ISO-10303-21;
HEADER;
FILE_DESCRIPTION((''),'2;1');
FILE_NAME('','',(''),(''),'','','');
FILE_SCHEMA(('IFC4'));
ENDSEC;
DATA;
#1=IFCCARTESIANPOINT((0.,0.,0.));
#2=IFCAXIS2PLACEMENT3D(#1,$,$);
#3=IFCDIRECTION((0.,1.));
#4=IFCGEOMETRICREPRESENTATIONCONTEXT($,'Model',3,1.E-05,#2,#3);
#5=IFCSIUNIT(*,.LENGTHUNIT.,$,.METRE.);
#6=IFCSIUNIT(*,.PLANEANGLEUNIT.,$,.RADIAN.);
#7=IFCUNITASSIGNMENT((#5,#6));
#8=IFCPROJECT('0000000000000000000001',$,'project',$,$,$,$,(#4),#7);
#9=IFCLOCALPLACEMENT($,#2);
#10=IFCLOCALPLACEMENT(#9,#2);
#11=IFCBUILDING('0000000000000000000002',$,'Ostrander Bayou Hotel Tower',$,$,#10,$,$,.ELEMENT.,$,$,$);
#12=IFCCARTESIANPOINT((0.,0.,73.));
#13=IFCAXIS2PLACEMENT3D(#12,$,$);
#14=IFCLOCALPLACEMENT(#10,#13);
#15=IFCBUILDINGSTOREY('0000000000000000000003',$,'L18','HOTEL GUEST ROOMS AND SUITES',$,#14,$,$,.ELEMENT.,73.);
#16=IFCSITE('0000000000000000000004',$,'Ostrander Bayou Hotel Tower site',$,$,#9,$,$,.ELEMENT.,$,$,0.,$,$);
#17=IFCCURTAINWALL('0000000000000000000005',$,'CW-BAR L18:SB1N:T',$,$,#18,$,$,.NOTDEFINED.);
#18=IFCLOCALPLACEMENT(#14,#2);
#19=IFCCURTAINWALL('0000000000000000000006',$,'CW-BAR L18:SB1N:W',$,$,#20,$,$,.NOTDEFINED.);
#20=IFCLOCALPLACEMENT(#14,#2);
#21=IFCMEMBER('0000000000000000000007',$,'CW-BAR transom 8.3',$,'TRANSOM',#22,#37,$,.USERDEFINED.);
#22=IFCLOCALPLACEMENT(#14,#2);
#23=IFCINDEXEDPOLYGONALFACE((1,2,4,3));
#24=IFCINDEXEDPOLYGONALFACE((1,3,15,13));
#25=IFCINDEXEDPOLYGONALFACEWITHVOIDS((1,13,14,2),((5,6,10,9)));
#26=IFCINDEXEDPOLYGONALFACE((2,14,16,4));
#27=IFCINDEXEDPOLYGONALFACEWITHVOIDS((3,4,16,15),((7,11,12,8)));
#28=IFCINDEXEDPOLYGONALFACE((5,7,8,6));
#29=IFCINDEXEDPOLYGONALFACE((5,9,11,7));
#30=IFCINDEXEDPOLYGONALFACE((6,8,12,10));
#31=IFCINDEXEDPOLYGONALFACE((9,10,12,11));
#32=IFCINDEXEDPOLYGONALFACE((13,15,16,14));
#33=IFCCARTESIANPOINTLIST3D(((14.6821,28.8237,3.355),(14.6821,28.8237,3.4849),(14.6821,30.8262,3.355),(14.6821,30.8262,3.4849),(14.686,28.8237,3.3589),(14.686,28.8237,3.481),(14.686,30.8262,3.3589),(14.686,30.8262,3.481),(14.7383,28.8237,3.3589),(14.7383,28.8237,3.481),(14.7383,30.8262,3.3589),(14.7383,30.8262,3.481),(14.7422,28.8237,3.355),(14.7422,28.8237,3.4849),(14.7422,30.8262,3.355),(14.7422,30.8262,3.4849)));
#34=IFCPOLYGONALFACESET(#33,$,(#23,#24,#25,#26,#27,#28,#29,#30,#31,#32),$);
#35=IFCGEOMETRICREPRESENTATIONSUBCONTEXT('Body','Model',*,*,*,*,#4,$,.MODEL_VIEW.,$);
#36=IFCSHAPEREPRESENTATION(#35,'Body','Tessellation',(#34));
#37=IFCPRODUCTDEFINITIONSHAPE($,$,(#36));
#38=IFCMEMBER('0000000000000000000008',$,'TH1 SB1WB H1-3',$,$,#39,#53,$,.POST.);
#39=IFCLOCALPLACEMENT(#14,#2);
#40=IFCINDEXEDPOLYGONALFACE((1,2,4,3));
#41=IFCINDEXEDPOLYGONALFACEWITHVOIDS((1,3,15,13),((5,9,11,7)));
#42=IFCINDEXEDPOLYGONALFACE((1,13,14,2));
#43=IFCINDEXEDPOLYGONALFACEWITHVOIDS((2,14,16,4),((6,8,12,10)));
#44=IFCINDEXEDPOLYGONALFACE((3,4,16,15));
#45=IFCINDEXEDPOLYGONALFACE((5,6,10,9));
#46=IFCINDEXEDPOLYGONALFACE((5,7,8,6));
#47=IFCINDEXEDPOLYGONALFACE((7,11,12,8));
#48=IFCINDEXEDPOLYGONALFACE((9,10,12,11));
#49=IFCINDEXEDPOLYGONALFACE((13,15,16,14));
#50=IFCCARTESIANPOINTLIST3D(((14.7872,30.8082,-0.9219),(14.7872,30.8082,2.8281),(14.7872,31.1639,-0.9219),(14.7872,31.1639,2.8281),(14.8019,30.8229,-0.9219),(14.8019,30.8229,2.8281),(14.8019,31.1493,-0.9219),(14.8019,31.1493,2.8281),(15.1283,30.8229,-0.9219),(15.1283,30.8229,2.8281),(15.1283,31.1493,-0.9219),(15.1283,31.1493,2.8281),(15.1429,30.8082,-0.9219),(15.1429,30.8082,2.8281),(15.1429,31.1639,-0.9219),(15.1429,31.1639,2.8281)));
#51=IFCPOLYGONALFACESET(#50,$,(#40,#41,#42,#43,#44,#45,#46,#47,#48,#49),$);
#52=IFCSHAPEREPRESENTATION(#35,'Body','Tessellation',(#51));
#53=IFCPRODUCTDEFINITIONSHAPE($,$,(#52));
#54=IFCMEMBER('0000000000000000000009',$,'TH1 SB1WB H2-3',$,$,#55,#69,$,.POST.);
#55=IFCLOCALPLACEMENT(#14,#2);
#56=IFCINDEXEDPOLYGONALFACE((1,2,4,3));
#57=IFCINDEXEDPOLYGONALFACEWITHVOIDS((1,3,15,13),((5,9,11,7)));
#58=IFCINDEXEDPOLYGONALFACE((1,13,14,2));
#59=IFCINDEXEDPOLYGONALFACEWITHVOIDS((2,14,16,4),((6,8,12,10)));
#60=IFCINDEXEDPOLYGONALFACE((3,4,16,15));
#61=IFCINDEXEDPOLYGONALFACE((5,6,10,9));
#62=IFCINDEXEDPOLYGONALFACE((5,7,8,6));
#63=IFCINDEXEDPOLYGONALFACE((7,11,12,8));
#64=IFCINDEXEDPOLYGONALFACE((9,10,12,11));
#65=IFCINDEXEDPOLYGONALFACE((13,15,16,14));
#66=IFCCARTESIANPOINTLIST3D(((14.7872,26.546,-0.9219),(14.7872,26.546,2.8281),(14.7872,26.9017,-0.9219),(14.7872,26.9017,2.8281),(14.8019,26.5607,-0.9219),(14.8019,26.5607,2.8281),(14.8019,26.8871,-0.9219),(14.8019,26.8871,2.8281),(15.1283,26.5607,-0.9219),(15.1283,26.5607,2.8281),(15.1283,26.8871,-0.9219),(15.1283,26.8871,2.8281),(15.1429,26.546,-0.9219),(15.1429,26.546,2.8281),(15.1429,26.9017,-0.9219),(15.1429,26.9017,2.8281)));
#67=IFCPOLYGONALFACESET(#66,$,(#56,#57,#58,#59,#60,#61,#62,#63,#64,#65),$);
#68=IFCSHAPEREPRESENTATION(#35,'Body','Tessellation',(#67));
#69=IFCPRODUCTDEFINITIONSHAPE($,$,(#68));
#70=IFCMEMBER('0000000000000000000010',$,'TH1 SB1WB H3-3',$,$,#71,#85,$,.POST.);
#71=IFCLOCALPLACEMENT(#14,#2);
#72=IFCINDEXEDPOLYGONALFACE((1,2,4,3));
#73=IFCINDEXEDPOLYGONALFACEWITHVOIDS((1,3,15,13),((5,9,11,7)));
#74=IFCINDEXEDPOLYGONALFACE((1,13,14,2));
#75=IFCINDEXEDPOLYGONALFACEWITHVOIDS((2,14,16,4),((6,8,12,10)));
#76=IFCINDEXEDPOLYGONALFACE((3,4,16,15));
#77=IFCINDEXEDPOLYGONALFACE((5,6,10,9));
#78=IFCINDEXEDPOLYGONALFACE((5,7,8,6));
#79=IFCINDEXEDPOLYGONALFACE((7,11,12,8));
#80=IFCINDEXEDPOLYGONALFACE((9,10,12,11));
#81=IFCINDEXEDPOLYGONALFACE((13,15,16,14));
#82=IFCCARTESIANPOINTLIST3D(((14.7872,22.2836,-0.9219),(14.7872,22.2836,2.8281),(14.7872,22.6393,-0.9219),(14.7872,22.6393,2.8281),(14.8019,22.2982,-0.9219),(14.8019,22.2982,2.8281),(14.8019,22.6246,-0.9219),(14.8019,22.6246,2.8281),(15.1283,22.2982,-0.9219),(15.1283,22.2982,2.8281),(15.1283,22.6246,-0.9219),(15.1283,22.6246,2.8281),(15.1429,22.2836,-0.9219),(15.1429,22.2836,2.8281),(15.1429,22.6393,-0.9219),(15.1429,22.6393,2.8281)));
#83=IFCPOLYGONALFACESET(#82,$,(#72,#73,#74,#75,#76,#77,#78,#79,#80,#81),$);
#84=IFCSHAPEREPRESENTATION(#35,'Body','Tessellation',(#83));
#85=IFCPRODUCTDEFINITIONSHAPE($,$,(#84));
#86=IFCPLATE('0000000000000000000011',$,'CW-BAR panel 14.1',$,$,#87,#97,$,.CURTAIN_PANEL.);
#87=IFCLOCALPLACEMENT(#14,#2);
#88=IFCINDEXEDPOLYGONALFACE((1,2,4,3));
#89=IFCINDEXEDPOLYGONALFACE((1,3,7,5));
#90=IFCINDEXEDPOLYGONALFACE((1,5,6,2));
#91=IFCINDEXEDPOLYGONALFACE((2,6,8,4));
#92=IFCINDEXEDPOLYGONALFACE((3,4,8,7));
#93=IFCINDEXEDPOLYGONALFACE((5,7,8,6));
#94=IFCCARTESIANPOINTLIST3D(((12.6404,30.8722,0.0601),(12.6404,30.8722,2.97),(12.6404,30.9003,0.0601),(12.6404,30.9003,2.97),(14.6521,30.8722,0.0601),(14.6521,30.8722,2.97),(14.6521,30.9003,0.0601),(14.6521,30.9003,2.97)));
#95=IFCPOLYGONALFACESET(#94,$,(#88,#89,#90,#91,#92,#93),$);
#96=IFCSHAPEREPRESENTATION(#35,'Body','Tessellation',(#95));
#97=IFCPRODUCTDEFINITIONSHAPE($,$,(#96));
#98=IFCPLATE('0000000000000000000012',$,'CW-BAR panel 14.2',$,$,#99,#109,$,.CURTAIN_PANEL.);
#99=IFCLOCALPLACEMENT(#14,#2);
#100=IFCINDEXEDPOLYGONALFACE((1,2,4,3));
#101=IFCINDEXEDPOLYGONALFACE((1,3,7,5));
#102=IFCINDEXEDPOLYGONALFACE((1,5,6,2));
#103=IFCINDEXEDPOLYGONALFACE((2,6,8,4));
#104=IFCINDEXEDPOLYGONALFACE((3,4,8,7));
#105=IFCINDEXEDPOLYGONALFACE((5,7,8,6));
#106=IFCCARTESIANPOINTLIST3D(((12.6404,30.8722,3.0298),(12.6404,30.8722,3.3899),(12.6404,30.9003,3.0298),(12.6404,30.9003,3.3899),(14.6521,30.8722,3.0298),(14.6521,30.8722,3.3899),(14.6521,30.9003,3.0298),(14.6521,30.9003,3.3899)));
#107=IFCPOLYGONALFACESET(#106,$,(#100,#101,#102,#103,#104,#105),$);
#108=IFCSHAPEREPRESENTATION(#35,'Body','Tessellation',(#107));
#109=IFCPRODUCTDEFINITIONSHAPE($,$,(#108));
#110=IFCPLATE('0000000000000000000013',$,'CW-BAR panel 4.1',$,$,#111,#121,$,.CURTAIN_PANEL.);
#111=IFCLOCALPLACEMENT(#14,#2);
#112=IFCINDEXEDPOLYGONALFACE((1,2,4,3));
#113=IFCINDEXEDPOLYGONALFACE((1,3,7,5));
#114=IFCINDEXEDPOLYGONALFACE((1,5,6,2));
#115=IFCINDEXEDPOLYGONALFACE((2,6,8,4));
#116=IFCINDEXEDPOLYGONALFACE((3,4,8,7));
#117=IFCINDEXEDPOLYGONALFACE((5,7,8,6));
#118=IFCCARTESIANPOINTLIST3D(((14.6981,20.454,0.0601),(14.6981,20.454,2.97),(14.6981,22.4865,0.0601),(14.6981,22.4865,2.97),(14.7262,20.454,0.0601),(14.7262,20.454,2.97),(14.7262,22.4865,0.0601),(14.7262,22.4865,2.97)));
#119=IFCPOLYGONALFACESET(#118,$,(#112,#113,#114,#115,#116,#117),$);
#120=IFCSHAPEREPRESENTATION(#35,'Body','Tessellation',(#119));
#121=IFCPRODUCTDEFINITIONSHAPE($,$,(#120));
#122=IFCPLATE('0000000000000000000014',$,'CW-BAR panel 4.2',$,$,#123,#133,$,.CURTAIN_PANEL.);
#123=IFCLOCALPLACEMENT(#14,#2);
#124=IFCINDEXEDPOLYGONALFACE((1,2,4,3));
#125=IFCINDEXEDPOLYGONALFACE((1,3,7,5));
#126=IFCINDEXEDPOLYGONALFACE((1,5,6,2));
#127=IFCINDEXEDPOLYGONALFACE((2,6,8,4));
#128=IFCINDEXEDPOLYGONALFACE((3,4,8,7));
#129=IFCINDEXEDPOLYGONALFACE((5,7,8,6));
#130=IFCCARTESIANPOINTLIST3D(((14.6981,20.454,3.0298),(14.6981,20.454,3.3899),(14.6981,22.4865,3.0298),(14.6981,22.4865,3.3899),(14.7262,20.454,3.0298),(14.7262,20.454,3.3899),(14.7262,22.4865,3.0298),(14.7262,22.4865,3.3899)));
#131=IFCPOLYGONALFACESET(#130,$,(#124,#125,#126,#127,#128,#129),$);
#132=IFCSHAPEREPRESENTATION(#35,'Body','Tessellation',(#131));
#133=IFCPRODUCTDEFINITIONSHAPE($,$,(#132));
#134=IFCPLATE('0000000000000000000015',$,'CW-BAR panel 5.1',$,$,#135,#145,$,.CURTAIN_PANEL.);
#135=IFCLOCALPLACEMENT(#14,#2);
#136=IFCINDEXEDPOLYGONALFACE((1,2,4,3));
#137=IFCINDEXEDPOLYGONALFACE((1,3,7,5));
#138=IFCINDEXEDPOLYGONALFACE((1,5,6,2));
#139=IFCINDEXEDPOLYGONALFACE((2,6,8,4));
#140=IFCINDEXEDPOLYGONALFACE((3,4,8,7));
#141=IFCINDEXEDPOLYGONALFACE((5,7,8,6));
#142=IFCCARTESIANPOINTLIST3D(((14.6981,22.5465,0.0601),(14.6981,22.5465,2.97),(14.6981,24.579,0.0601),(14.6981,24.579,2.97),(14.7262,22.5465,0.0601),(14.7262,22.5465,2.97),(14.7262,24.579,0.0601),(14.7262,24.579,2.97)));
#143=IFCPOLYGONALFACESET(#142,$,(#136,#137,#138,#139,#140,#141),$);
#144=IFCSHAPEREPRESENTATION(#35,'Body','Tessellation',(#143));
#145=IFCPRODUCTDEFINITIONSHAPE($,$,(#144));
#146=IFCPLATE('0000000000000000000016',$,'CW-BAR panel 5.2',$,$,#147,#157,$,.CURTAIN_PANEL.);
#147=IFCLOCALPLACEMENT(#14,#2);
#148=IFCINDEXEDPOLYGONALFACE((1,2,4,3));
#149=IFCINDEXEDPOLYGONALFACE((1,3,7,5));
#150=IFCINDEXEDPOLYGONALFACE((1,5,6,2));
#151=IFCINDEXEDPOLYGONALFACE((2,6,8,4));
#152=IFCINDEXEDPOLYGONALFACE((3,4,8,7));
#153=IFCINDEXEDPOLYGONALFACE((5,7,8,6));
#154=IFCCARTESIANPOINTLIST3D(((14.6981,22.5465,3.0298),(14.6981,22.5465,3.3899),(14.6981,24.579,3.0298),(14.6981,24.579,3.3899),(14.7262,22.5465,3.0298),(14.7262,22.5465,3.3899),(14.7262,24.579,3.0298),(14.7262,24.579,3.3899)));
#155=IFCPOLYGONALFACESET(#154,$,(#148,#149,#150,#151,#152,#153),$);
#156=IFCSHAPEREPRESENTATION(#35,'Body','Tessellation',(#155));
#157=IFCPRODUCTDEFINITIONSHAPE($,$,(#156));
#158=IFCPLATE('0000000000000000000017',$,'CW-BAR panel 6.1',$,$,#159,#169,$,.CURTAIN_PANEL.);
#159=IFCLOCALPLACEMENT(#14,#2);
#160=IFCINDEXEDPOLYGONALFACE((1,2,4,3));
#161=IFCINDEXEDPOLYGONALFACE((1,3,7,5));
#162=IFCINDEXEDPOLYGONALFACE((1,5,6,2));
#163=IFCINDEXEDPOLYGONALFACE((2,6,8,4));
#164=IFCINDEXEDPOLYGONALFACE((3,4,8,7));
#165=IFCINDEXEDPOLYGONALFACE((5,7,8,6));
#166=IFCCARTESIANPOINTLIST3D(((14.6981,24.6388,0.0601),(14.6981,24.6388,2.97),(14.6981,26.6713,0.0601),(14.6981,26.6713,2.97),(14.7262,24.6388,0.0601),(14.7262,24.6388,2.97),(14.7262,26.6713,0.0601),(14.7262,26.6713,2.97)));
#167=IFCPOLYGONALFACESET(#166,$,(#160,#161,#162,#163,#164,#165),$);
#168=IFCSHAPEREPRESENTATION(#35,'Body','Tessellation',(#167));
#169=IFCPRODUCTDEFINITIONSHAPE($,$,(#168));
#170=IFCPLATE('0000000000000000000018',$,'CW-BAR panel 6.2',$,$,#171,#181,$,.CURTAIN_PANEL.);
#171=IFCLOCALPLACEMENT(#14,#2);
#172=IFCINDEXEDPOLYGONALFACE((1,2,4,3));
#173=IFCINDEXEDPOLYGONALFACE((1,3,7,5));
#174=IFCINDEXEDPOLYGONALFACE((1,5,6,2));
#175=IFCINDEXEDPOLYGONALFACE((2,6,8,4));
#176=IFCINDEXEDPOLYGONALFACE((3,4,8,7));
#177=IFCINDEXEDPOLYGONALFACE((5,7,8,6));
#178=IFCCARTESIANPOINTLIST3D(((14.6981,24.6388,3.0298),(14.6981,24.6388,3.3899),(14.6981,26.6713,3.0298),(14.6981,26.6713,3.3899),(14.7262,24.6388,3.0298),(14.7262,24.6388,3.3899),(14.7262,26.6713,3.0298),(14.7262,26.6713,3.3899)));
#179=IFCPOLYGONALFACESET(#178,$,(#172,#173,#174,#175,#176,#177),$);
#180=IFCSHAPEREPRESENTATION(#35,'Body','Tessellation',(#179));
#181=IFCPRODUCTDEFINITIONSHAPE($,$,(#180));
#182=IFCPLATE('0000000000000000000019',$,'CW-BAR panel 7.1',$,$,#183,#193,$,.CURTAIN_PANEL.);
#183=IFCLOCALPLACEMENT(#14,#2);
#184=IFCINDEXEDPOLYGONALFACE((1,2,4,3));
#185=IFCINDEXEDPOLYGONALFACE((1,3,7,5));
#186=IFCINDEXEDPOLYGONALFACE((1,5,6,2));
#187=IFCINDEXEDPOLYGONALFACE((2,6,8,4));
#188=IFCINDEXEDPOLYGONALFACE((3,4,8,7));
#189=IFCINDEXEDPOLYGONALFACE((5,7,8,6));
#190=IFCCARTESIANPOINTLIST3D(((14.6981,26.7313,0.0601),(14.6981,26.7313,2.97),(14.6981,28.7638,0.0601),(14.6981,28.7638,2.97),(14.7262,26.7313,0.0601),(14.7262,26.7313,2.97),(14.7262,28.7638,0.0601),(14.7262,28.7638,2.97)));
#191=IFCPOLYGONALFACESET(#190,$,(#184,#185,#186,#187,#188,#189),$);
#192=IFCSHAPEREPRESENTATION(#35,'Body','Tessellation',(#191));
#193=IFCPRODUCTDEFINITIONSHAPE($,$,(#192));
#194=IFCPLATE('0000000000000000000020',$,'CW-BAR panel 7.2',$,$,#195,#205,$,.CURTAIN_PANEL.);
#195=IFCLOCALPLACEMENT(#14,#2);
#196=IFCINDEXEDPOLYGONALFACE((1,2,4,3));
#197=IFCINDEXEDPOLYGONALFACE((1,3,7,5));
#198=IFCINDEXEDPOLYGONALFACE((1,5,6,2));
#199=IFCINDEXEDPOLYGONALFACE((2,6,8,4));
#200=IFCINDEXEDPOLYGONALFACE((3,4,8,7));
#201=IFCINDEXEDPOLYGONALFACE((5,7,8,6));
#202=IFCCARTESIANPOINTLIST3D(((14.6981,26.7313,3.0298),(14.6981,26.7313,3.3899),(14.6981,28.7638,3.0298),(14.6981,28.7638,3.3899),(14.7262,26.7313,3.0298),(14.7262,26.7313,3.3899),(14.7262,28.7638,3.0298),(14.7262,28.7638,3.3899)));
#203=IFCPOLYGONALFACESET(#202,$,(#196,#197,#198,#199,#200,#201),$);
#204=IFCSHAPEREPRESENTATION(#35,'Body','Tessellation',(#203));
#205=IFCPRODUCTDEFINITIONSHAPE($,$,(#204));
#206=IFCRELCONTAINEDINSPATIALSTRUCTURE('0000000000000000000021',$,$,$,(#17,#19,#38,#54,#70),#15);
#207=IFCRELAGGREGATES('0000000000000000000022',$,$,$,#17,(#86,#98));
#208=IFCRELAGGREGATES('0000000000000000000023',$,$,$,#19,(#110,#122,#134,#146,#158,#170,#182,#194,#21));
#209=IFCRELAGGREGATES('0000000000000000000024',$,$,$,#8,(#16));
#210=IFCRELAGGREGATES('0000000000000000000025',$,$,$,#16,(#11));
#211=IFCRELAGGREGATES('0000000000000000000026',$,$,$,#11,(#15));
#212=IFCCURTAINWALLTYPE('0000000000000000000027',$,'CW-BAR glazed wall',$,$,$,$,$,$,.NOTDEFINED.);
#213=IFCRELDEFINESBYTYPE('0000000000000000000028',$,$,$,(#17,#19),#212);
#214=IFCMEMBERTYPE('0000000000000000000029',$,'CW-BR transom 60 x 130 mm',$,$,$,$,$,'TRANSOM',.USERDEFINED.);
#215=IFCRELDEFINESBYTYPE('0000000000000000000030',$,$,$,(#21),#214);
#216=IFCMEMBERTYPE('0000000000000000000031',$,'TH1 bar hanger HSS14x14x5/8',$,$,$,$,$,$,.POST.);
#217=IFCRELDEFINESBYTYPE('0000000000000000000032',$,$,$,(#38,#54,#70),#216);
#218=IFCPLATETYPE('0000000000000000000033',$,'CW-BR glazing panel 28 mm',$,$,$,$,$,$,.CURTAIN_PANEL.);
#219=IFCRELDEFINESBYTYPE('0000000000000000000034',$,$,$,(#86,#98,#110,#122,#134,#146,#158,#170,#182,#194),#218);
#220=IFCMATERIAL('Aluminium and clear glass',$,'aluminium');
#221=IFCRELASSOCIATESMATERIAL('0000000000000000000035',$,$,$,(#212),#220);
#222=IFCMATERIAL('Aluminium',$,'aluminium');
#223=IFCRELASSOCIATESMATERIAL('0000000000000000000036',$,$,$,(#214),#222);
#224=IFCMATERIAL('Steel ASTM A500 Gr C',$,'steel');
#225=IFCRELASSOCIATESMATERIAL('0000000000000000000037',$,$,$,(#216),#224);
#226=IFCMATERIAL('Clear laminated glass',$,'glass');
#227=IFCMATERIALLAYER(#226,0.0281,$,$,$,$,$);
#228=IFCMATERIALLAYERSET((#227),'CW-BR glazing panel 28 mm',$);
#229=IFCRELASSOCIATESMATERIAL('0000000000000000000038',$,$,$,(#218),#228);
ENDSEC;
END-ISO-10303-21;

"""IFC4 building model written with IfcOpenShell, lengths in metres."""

from ifc_helpers import new_model, si_unit, direction, frame, origin, origin_2d, place, context, subcontext, project, spatial, rectangle, hollow_rectangle, extrude, material, layer, layer_set, material_profile, profile_set, type_object, element, aggregate, save


model = new_model("IFC4")

# Units and contexts
model_context = context("Model", 3, precision=1e-05, world=origin(), true_north=direction((0.0, 1.0)))
body_context = subcontext(model_context, "Body", "Model", "MODEL_VIEW")
ifc_project = project(units=[si_unit("LENGTHUNIT", "METRE"), si_unit("PLANEANGLEUNIT", "RADIAN")], contexts=[model_context])

# Site, building, storey
site_placement = place(None, origin())
site = spatial("IfcSite", under=ifc_project, at=site_placement, Name="Ostrander Bayou Hotel Tower site", CompositionType="ELEMENT", RefElevation=0.0)
building_placement = place(site_placement, origin())
building = spatial("IfcBuilding", under=site, at=building_placement, Name="Ostrander Bayou Hotel Tower", CompositionType="ELEMENT")
storey_placement = place(building_placement, frame((0.0, 0.0, 73.0)))
storey = spatial("IfcBuildingStorey", under=building, at=storey_placement, Name="L18", Description="HOTEL GUEST ROOMS AND SUITES", CompositionType="ELEMENT", Elevation=73.0)

# Curtain walls
ifc_material_1 = material(Name="Aluminium and clear glass", Category="aluminium")
curtain_wall_type = type_object("IfcCurtainWallType", Name="CW-BAR glazed wall", PredefinedType="NOTDEFINED", material=ifc_material_1)
curtain_wall_1_placement = place(storey_placement, origin())
curtain_wall_1 = element("IfcCurtainWall", 1, at=curtain_wall_1_placement, inside=storey, type_object=curtain_wall_type, Name="CW-BAR L18:SB1N:T", PredefinedType="NOTDEFINED")
curtain_wall_2_placement = place(storey_placement, origin())
curtain_wall_2 = element("IfcCurtainWall", 2, at=curtain_wall_2_placement, inside=storey, type_object=curtain_wall_type, Name="CW-BAR L18:SB1N:W", PredefinedType="NOTDEFINED")

# Member
ifc_material_2 = material(Name="Aluminium", Category="aluminium")
ifc_material_profile_1 = material_profile(ifc_material_2, hollow_rectangle(XDim=0.0601, YDim=0.1299, WallThickness=0.0039, at=origin_2d()))
ifc_profile_set_1 = profile_set([ifc_material_profile_1], Name="Aluminium")
member_type_1 = type_object("IfcMemberType", Name="CW-BR transom 60 x 130 mm", ElementType="TRANSOM", PredefinedType="USERDEFINED", material=ifc_profile_set_1)
member_1_placement = place(storey_placement, frame((14.7122, 28.8237, 3.4199), z_axis=(0.0, 1.0, 0.0), x_axis=(-1.0, 0.0, 0.0)))
member_1 = element("IfcMember", 3, at=member_1_placement, type_object=member_type_1, Name="CW-BAR transom 8.3", ObjectType="TRANSOM", PredefinedType="USERDEFINED", context=body_context, shape_type="SweptSolid", body=[
    extrude(hollow_rectangle(XDim=0.0601, YDim=0.1299, WallThickness=0.0039, at=origin_2d()), origin(), (0.0, 0.0, 1.0), 2.0024),
])

# Members
ifc_material_3 = material(Name="Steel ASTM A500 Gr C", Category="steel")
ifc_material_profile_2 = material_profile(ifc_material_3, hollow_rectangle(XDim=0.3557, YDim=0.3557, WallThickness=0.0146, at=origin_2d()))
ifc_profile_set_2 = profile_set([ifc_material_profile_2], Name="Steel ASTM A500 Gr C")
member_type_2 = type_object("IfcMemberType", Name="TH1 bar hanger HSS14x14x5/8", PredefinedType="POST", material=ifc_profile_set_2)
for number, where, z_axis, x_axis, name in (
    (4, (14.9651, 30.9861, -0.9219), (0.0, 0.0, 1.0), (1.0, 0.0, 0.0), "TH1 SB1WB H1-3"),
    (5, (14.9651, 26.7239, -0.9219), (0.0, 0.0, 1.0), (1.0, 0.0, 0.0), "TH1 SB1WB H2-3"),
    (6, (14.9651, 22.4614, -0.9219), (0.0, 0.0, 1.0), (1.0, 0.0, 0.0), "TH1 SB1WB H3-3"),
):
    element("IfcMember", number, at=place(storey_placement, frame(where, z_axis=z_axis, x_axis=x_axis)), inside=storey, type_object=member_type_2, Name=name, PredefinedType="POST", context=body_context, shape_type="SweptSolid", body=[
        extrude(hollow_rectangle(XDim=0.3557, YDim=0.3557, WallThickness=0.0146, at=origin_2d()), origin(), (0.0, 0.0, 1.0), 3.75),
    ])

# Plates
ifc_material_4 = material(Name="Clear laminated glass", Category="glass")
ifc_layer = layer(ifc_material_4, 0.0281)
ifc_layer_set = layer_set([ifc_layer], Name="CW-BR glazing panel 28 mm")
plate_type = type_object("IfcPlateType", Name="CW-BR glazing panel 28 mm", PredefinedType="CURTAIN_PANEL", material=ifc_layer_set)
plate_1_placement = place(storey_placement, frame((13.6462, 30.8862, 0.0601), z_axis=(0.0, 0.0, 1.0), x_axis=(1.0, 0.0, 0.0)))
plate_1 = element("IfcPlate", 7, at=plate_1_placement, type_object=plate_type, Name="CW-BAR panel 14.1", PredefinedType="CURTAIN_PANEL", context=body_context, shape_type="SweptSolid", body=[
    extrude(rectangle(XDim=2.0117, YDim=0.0281, at=origin_2d()), origin(), (0.0, 0.0, 1.0), 2.9099),
])
plate_2_placement = place(storey_placement, frame((13.6462, 30.8862, 3.0298), z_axis=(0.0, 0.0, 1.0), x_axis=(1.0, 0.0, 0.0)))
plate_2 = element("IfcPlate", 8, at=plate_2_placement, type_object=plate_type, Name="CW-BAR panel 14.2", PredefinedType="CURTAIN_PANEL", context=body_context, shape_type="SweptSolid", body=[
    extrude(rectangle(XDim=2.0117, YDim=0.0281, at=origin_2d()), origin(), (0.0, 0.0, 1.0), 0.3601),
])
aggregate(curtain_wall_1, [plate_1, plate_2])
plate_3_placement = place(storey_placement, frame((14.7122, 21.4702, 0.0601), z_axis=(0.0, 0.0, 1.0), x_axis=(0.0, 1.0, 0.0)))
plate_3 = element("IfcPlate", 9, at=plate_3_placement, type_object=plate_type, Name="CW-BAR panel 4.1", PredefinedType="CURTAIN_PANEL", context=body_context, shape_type="SweptSolid", body=[
    extrude(rectangle(XDim=2.0325, YDim=0.0281, at=origin_2d()), origin(), (0.0, 0.0, 1.0), 2.9099),
])
plate_4_placement = place(storey_placement, frame((14.7122, 21.4702, 3.0298), z_axis=(0.0, 0.0, 1.0), x_axis=(0.0, 1.0, 0.0)))
plate_4 = element("IfcPlate", 10, at=plate_4_placement, type_object=plate_type, Name="CW-BAR panel 4.2", PredefinedType="CURTAIN_PANEL", context=body_context, shape_type="SweptSolid", body=[
    extrude(rectangle(XDim=2.0325, YDim=0.0281, at=origin_2d()), origin(), (0.0, 0.0, 1.0), 0.3601),
])
plate_5_placement = place(storey_placement, frame((14.7122, 23.5627, 0.0601), z_axis=(0.0, 0.0, 1.0), x_axis=(0.0, 1.0, 0.0)))
plate_5 = element("IfcPlate", 11, at=plate_5_placement, type_object=plate_type, Name="CW-BAR panel 5.1", PredefinedType="CURTAIN_PANEL", context=body_context, shape_type="SweptSolid", body=[
    extrude(rectangle(XDim=2.0325, YDim=0.0281, at=origin_2d()), origin(), (0.0, 0.0, 1.0), 2.9099),
])
plate_6_placement = place(storey_placement, frame((14.7122, 23.5627, 3.0298), z_axis=(0.0, 0.0, 1.0), x_axis=(0.0, 1.0, 0.0)))
plate_6 = element("IfcPlate", 12, at=plate_6_placement, type_object=plate_type, Name="CW-BAR panel 5.2", PredefinedType="CURTAIN_PANEL", context=body_context, shape_type="SweptSolid", body=[
    extrude(rectangle(XDim=2.0325, YDim=0.0281, at=origin_2d()), origin(), (0.0, 0.0, 1.0), 0.3601),
])
plate_7_placement = place(storey_placement, frame((14.7122, 25.655, 0.0601), z_axis=(0.0, 0.0, 1.0), x_axis=(0.0, 1.0, 0.0)))
plate_7 = element("IfcPlate", 13, at=plate_7_placement, type_object=plate_type, Name="CW-BAR panel 6.1", PredefinedType="CURTAIN_PANEL", context=body_context, shape_type="SweptSolid", body=[
    extrude(rectangle(XDim=2.0325, YDim=0.0281, at=origin_2d()), origin(), (0.0, 0.0, 1.0), 2.9099),
])
plate_8_placement = place(storey_placement, frame((14.7122, 25.655, 3.0298), z_axis=(0.0, 0.0, 1.0), x_axis=(0.0, 1.0, 0.0)))
plate_8 = element("IfcPlate", 14, at=plate_8_placement, type_object=plate_type, Name="CW-BAR panel 6.2", PredefinedType="CURTAIN_PANEL", context=body_context, shape_type="SweptSolid", body=[
    extrude(rectangle(XDim=2.0325, YDim=0.0281, at=origin_2d()), origin(), (0.0, 0.0, 1.0), 0.3601),
])
plate_9_placement = place(storey_placement, frame((14.7122, 27.7476, 0.0601), z_axis=(0.0, 0.0, 1.0), x_axis=(0.0, 1.0, 0.0)))
plate_9 = element("IfcPlate", 15, at=plate_9_placement, type_object=plate_type, Name="CW-BAR panel 7.1", PredefinedType="CURTAIN_PANEL", context=body_context, shape_type="SweptSolid", body=[
    extrude(rectangle(XDim=2.0325, YDim=0.0281, at=origin_2d()), origin(), (0.0, 0.0, 1.0), 2.9099),
])
plate_10_placement = place(storey_placement, frame((14.7122, 27.7476, 3.0298), z_axis=(0.0, 0.0, 1.0), x_axis=(0.0, 1.0, 0.0)))
plate_10 = element("IfcPlate", 16, at=plate_10_placement, type_object=plate_type, Name="CW-BAR panel 7.2", PredefinedType="CURTAIN_PANEL", context=body_context, shape_type="SweptSolid", body=[
    extrude(rectangle(XDim=2.0325, YDim=0.0281, at=origin_2d()), origin(), (0.0, 0.0, 1.0), 0.3601),
])
aggregate(curtain_wall_2, [plate_3, plate_4, plate_5, plate_6, plate_7, plate_8, plate_9, plate_10, member_1])

save(model, "model.ifc")
